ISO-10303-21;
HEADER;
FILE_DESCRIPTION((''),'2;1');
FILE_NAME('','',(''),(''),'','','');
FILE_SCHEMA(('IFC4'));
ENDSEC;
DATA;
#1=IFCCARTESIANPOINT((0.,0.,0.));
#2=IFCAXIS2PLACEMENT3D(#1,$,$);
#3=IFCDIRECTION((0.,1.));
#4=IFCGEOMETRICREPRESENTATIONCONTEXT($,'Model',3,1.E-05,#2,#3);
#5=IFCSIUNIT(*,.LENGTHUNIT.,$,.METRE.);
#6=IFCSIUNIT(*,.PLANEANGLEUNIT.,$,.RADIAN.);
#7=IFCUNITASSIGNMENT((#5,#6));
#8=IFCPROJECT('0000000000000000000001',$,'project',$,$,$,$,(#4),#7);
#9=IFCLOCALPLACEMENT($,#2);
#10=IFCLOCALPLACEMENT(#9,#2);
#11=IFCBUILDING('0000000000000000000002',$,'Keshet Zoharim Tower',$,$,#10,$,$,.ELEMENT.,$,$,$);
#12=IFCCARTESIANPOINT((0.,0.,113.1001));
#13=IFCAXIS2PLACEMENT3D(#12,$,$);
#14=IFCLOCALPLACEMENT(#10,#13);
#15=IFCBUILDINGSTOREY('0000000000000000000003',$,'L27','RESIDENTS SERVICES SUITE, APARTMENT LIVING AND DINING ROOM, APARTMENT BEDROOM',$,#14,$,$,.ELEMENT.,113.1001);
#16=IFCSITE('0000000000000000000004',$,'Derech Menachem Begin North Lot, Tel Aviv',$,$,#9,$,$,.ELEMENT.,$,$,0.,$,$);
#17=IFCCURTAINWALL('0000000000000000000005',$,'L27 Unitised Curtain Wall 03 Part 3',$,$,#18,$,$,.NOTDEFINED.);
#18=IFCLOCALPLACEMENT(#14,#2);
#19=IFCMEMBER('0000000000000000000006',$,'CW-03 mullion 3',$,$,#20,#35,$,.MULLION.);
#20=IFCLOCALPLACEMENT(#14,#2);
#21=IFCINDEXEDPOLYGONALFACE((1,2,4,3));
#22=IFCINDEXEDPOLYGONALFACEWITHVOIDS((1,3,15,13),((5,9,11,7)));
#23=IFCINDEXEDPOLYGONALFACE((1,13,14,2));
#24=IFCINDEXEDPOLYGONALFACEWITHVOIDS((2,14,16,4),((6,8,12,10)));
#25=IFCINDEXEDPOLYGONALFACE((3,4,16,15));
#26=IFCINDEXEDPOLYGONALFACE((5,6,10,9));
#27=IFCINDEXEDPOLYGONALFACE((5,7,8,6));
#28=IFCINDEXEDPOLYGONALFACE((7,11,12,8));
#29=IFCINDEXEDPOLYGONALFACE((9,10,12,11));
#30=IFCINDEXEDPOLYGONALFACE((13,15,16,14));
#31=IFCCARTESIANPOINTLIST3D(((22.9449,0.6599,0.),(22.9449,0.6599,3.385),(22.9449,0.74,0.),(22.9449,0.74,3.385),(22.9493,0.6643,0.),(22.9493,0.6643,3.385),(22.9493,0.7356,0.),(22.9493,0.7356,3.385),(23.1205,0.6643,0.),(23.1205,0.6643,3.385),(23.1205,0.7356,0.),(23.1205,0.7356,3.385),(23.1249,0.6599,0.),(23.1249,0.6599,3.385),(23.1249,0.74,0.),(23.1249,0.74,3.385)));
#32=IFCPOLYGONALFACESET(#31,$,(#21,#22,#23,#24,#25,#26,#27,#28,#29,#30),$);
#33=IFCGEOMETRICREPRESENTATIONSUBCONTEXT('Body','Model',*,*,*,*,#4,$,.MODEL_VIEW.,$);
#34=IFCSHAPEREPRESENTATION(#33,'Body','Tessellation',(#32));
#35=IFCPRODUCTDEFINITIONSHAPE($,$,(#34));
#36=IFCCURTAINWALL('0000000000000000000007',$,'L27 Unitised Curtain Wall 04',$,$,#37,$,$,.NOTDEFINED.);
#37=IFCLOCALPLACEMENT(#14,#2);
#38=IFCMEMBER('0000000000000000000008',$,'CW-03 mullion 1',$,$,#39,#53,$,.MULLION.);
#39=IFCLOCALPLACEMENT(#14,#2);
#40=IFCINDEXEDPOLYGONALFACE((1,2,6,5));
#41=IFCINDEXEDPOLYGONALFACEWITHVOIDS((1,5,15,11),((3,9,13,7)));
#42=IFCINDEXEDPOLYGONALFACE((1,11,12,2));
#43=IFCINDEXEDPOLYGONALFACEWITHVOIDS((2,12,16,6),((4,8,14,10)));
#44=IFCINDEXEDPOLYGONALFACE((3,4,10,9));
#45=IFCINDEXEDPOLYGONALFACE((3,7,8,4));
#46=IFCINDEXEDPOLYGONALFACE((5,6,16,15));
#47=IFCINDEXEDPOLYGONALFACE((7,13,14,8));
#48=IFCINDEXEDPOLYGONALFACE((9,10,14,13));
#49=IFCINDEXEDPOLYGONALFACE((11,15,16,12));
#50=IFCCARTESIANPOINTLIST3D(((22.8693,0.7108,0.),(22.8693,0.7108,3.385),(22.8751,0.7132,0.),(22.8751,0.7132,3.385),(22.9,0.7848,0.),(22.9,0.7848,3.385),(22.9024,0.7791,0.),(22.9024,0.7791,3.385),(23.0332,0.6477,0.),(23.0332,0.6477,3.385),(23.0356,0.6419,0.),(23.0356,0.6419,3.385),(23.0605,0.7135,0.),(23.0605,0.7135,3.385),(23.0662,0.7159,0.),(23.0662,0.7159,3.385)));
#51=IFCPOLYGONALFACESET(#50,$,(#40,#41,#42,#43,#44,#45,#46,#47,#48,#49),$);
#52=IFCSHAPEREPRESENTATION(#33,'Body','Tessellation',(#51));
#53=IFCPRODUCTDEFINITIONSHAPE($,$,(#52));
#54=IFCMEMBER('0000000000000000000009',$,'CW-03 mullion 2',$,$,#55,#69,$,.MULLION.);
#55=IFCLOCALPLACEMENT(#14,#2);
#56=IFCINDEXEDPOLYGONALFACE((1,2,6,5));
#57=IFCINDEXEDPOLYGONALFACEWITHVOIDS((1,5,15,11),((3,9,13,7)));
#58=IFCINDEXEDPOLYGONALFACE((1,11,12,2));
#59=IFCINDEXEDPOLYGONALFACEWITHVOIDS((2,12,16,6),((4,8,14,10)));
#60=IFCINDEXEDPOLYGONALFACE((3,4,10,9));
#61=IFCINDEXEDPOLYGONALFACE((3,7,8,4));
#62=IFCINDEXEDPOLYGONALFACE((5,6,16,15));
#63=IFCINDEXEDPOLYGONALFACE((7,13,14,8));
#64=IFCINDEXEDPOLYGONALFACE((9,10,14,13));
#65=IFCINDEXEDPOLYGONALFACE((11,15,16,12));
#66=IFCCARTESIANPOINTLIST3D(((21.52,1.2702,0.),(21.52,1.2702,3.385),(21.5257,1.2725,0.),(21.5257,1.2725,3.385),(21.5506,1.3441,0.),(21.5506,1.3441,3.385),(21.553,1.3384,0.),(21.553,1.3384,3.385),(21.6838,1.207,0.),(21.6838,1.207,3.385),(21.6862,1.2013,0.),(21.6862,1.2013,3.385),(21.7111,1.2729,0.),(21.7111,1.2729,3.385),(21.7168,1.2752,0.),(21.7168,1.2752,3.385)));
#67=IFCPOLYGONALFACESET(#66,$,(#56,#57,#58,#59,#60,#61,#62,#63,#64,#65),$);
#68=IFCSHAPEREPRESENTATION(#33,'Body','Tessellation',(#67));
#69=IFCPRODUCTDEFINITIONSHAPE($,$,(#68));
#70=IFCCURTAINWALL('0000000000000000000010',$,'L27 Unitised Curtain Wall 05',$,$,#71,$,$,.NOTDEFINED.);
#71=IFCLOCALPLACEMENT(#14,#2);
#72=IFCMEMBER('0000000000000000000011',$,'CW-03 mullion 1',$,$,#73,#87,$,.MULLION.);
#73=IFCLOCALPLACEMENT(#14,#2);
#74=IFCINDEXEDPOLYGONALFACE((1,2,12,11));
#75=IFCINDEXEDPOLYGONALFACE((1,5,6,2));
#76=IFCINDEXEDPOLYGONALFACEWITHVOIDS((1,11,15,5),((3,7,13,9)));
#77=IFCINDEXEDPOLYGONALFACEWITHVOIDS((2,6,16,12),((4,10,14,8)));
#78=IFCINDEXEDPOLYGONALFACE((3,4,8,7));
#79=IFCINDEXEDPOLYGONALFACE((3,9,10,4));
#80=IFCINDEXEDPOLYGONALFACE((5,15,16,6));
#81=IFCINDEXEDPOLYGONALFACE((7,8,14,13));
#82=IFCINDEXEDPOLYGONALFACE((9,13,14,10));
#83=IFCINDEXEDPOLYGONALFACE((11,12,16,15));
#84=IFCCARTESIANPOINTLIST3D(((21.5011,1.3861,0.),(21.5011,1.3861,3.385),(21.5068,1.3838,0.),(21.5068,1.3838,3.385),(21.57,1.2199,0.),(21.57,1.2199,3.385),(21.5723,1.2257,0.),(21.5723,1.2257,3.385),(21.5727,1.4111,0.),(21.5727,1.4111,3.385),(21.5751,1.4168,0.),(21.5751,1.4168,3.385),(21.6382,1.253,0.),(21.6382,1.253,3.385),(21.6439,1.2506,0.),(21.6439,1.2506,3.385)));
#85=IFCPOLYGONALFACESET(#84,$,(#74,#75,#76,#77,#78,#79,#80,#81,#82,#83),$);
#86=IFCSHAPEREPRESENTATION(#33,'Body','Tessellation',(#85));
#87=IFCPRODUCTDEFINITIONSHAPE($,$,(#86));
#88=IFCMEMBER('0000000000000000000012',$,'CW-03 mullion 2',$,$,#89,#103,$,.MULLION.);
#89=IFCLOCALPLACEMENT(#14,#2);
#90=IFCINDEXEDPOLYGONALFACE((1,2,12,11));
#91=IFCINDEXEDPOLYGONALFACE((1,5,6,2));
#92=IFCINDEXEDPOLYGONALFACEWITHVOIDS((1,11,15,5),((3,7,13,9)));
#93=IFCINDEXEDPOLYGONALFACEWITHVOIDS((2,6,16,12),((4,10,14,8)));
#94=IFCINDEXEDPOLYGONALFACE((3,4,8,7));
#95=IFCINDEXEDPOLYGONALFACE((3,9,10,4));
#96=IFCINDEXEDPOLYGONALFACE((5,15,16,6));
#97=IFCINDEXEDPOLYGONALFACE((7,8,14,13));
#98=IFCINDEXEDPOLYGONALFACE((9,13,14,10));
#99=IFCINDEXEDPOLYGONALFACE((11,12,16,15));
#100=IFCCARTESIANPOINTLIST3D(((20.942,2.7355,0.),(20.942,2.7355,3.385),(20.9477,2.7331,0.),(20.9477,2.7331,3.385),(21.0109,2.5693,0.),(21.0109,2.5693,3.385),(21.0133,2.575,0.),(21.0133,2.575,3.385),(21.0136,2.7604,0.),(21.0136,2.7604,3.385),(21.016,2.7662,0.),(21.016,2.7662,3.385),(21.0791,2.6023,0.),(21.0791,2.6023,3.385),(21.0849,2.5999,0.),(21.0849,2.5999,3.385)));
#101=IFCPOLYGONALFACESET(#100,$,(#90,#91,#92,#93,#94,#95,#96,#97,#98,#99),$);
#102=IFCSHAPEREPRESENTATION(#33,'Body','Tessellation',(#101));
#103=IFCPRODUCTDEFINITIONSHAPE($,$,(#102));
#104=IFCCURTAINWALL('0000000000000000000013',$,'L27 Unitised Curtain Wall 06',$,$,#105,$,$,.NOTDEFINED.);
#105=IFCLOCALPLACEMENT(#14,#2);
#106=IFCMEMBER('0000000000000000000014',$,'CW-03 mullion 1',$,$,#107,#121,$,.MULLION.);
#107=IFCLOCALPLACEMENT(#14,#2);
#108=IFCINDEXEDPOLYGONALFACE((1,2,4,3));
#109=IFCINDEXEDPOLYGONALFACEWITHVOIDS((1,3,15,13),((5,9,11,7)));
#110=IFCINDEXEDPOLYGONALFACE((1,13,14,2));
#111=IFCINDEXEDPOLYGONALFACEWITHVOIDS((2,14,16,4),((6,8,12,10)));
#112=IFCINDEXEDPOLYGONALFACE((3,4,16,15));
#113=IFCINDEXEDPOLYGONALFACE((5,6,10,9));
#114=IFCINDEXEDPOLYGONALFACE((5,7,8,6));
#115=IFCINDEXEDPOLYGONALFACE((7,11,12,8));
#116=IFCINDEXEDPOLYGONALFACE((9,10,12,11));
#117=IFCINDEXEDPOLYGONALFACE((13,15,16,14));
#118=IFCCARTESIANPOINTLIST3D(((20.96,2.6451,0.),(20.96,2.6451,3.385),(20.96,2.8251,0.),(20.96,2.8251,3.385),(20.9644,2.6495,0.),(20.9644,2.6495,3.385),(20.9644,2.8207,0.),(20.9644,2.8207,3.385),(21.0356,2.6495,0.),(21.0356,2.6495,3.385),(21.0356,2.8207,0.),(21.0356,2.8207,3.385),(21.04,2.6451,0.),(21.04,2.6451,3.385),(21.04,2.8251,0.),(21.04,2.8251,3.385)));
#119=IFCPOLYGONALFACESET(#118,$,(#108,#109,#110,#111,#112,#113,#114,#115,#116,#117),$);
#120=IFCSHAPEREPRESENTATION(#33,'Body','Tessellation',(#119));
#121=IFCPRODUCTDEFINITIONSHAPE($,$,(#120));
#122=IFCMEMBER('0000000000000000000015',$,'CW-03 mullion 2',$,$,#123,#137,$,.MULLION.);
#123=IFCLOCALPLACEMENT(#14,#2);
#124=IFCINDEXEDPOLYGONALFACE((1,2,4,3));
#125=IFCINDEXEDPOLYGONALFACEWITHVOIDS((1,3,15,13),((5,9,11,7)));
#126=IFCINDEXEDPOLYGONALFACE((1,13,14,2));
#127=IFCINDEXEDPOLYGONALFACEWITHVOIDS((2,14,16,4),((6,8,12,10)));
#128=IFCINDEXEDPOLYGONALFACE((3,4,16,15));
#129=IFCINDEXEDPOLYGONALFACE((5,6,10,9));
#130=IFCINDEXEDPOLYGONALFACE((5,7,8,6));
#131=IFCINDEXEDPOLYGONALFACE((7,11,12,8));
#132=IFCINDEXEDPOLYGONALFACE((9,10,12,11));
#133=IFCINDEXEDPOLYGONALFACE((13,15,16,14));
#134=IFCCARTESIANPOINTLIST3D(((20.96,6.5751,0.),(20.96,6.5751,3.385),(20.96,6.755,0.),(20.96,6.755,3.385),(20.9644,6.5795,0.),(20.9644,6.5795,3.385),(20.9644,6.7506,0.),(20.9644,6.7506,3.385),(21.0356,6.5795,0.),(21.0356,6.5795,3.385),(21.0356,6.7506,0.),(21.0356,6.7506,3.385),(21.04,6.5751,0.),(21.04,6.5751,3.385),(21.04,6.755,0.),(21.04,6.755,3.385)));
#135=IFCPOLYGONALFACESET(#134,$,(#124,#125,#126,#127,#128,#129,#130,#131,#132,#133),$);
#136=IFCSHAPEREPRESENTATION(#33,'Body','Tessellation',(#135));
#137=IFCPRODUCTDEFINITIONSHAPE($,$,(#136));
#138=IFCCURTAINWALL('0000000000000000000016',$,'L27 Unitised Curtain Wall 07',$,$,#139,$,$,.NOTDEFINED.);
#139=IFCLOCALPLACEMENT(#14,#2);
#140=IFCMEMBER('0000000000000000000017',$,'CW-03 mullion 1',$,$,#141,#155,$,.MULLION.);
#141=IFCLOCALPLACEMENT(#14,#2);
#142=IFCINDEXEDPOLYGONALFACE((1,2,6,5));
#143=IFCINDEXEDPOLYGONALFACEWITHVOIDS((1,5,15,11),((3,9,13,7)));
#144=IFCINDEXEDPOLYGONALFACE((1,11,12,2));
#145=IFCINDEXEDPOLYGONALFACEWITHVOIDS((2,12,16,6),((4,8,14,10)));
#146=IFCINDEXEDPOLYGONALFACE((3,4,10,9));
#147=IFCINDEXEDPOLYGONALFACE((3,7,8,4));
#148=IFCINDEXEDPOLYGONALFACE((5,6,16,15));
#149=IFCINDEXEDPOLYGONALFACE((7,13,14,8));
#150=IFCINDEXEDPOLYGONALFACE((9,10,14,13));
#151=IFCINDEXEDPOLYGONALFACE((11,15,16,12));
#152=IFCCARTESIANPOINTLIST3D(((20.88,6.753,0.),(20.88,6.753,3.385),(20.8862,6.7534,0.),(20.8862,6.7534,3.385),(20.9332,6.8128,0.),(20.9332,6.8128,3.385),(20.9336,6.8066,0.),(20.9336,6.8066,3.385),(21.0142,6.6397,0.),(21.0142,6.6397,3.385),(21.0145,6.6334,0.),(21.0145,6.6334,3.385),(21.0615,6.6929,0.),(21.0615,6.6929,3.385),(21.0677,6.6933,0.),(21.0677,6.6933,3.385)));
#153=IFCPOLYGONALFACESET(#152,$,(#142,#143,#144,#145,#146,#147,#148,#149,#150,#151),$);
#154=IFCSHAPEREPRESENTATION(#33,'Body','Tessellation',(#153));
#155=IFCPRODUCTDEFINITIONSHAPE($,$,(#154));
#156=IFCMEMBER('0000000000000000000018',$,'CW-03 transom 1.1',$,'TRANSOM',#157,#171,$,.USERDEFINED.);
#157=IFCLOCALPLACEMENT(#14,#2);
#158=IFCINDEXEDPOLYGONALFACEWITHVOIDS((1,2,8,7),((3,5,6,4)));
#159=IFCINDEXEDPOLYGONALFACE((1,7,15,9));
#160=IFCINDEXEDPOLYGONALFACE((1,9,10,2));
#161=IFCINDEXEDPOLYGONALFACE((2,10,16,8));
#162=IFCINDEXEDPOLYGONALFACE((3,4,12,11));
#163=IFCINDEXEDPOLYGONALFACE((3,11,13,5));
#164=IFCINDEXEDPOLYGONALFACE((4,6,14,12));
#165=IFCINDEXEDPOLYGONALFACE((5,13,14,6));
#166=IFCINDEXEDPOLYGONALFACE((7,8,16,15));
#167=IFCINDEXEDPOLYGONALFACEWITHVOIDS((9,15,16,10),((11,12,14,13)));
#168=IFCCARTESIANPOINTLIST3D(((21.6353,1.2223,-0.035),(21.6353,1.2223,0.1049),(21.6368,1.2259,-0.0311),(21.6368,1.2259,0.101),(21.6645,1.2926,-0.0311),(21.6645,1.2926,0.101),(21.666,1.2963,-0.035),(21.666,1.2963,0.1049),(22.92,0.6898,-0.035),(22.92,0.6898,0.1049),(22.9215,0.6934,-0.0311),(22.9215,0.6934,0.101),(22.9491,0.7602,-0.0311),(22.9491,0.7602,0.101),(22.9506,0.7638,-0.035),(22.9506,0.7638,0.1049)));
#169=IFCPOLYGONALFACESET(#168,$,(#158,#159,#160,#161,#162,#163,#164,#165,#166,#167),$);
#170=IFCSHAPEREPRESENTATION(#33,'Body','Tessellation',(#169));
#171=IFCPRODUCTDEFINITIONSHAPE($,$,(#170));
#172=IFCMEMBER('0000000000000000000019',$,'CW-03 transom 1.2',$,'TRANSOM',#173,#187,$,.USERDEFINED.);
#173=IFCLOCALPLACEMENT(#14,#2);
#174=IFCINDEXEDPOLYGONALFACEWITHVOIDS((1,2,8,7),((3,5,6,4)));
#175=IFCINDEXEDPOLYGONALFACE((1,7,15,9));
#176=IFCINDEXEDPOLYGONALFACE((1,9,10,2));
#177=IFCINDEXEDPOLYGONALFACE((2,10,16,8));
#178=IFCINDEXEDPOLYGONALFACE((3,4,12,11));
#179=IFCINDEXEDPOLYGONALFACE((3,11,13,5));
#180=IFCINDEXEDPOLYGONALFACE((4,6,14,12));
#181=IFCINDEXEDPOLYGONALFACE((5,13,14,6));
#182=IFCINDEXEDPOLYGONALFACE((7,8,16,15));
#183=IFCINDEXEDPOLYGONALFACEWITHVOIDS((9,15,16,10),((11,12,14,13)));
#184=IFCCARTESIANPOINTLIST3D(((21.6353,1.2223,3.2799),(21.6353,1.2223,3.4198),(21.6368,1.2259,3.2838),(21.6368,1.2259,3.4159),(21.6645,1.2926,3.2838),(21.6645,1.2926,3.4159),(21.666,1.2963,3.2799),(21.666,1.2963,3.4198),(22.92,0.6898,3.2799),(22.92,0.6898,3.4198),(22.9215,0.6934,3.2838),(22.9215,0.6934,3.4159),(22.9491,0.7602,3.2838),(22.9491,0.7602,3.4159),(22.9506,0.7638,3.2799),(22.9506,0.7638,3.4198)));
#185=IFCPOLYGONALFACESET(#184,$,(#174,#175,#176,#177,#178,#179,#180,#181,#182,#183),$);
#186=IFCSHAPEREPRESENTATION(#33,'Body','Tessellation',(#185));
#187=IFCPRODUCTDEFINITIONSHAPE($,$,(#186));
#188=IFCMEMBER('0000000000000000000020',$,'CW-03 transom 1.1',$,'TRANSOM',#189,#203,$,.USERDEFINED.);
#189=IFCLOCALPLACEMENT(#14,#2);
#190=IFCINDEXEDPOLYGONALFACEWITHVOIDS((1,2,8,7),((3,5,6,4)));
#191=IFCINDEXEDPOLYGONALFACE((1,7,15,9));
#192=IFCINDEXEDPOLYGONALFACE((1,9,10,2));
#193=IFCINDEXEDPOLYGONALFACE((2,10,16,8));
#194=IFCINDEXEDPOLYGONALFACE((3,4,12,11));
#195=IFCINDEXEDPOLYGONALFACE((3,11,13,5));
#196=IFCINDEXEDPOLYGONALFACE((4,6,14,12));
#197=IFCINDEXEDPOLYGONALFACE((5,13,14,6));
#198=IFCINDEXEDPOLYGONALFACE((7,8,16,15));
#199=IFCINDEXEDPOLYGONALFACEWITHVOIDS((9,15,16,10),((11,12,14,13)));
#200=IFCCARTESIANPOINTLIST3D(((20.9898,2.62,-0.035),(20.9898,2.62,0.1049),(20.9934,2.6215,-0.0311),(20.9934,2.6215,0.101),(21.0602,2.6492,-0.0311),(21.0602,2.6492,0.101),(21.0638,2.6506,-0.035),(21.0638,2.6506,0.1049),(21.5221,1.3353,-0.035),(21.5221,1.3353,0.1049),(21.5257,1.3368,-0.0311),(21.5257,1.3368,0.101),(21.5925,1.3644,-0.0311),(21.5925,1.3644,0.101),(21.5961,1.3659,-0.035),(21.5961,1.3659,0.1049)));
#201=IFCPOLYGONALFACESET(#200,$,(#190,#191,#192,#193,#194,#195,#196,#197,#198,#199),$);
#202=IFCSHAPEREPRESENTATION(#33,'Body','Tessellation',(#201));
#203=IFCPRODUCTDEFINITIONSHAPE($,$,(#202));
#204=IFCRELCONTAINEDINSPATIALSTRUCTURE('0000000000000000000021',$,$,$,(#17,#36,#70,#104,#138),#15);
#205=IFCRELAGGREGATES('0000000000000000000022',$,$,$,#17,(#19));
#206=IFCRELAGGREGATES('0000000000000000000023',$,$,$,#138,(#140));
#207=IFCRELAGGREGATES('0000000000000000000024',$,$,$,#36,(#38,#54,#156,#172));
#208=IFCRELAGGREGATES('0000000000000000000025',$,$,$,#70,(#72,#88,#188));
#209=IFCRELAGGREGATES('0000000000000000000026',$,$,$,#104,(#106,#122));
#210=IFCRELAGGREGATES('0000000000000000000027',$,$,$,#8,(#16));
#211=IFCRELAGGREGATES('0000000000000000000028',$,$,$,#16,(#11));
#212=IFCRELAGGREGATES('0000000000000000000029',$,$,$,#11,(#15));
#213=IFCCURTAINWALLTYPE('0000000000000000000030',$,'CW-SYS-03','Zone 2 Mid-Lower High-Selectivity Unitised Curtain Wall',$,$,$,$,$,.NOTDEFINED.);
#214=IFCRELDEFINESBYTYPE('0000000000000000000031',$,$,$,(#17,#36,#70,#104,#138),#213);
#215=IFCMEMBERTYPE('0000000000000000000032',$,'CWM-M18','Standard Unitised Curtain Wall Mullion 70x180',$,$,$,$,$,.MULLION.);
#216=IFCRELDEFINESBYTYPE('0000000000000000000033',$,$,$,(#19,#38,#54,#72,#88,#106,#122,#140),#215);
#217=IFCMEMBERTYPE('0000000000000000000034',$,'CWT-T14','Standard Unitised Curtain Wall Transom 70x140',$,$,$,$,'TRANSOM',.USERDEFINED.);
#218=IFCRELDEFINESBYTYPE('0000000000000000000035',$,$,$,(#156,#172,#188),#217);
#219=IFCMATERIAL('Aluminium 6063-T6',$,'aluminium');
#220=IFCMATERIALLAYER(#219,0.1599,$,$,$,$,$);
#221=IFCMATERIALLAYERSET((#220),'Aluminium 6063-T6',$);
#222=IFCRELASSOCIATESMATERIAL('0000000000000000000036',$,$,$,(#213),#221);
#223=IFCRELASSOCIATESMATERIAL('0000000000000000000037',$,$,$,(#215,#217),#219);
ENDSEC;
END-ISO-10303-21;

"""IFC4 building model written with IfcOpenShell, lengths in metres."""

from ifc_helpers import new_model, si_unit, direction, frame, origin, origin_2d, place, context, subcontext, project, spatial, hollow_rectangle, extrude, material, layer, layer_set, material_profile, profile_set, type_object, element, aggregate, save


model = new_model("IFC4")

# Units and contexts
model_context = context("Model", 3, precision=1e-05, world=origin(), true_north=direction((0.0, 1.0)))
body_context = subcontext(model_context, "Body", "Model", "MODEL_VIEW")
ifc_project = project(units=[si_unit("LENGTHUNIT", "METRE"), si_unit("PLANEANGLEUNIT", "RADIAN")], contexts=[model_context])

# Site, building, storey
site_placement = place(None, origin())
site = spatial("IfcSite", under=ifc_project, at=site_placement, Name="Derech Menachem Begin North Lot, Tel Aviv", CompositionType="ELEMENT", RefElevation=0.0)
building_placement = place(site_placement, origin())
building = spatial("IfcBuilding", under=site, at=building_placement, Name="Keshet Zoharim Tower", CompositionType="ELEMENT")
storey_placement = place(building_placement, frame((0.0, 0.0, 113.1001)))
storey = spatial("IfcBuildingStorey", under=building, at=storey_placement, Name="L27", Description="RESIDENTS SERVICES SUITE, APARTMENT LIVING AND DINING ROOM, APARTMENT BEDROOM", CompositionType="ELEMENT", Elevation=113.1001)

# Curtain wall, member
ifc_material_1 = material(Name="Aluminium 6063-T6", Category="aluminium")
ifc_layer_1 = layer(ifc_material_1, 0.1599)
ifc_layer_set_1 = layer_set([ifc_layer_1], Name="Aluminium 6063-T6")
curtain_wall_type = type_object("IfcCurtainWallType", Name="CW-SYS-03", Description="Zone 2 Mid-Lower High-Selectivity Unitised Curtain Wall", PredefinedType="NOTDEFINED", material=ifc_layer_set_1)
curtain_wall_1_placement = place(storey_placement, origin())
curtain_wall_1 = element("IfcCurtainWall", 1, at=curtain_wall_1_placement, inside=storey, type_object=curtain_wall_type, Name="L27 Unitised Curtain Wall 03 Part 3", PredefinedType="NOTDEFINED")
ifc_material_profile_1 = material_profile(ifc_material_1, hollow_rectangle(XDim=0.0801, YDim=0.1799, WallThickness=0.0044, at=origin_2d()), Name="MUL-80x180")
ifc_profile_set_1 = profile_set([ifc_material_profile_1], Name="Aluminium 6063-T6")
member_type_1 = type_object("IfcMemberType", Name="CWM-M18", Description="Standard Unitised Curtain Wall Mullion 70x180", PredefinedType="MULLION", material=ifc_profile_set_1)
member_1_placement = place(storey_placement, frame((23.0349, 0.7, 0.0), z_axis=(0.0, 0.0, 1.0), x_axis=(0.0, -1.0, 0.0)))
member_1 = element("IfcMember", 2, at=member_1_placement, type_object=member_type_1, Name="CW-03 mullion 3", PredefinedType="MULLION", context=body_context, shape_type="SweptSolid", body=[
    extrude(hollow_rectangle(XDim=0.0801, YDim=0.1799, WallThickness=0.0044, at=origin_2d()), origin(), (0.0, 0.0, 1.0), 3.385),
])
aggregate(curtain_wall_1, [member_1])

# Curtain walls, members
curtain_wall_2_placement = place(storey_placement, origin())
curtain_wall_2 = element("IfcCurtainWall", 3, at=curtain_wall_2_placement, inside=storey, type_object=curtain_wall_type, Name="L27 Unitised Curtain Wall 04", PredefinedType="NOTDEFINED")
member_2_placement = place(storey_placement, frame((22.9678, 0.7134, 0.0), z_axis=(0.0, 0.0, 1.0), x_axis=(-0.382852, -0.92381, 0.0)))
member_2 = element("IfcMember", 4, at=member_2_placement, type_object=member_type_1, Name="CW-03 mullion 1", PredefinedType="MULLION", context=body_context, shape_type="SweptSolid", body=[
    extrude(hollow_rectangle(XDim=0.0801, YDim=0.1799, WallThickness=0.0044, at=origin_2d()), origin(), (0.0, 0.0, 1.0), 3.385),
])
member_3_placement = place(storey_placement, frame((21.6184, 1.2727, 0.0), z_axis=(0.0, 0.0, 1.0), x_axis=(-0.382852, -0.92381, 0.0)))
member_3 = element("IfcMember", 5, at=member_3_placement, type_object=member_type_1, Name="CW-03 mullion 2", PredefinedType="MULLION", context=body_context, shape_type="SweptSolid", body=[
    extrude(hollow_rectangle(XDim=0.0801, YDim=0.1799, WallThickness=0.0044, at=origin_2d()), origin(), (0.0, 0.0, 1.0), 3.385),
])
curtain_wall_3_placement = place(storey_placement, origin())
curtain_wall_3 = element("IfcCurtainWall", 6, at=curtain_wall_3_placement, inside=storey, type_object=curtain_wall_type, Name="L27 Unitised Curtain Wall 05", PredefinedType="NOTDEFINED")
member_4_placement = place(storey_placement, frame((21.5725, 1.3184, 0.0), z_axis=(0.0, 0.0, 1.0), x_axis=(-0.92381, -0.382852, 0.0)))
member_4 = element("IfcMember", 7, at=member_4_placement, type_object=member_type_1, Name="CW-03 mullion 1", PredefinedType="MULLION", context=body_context, shape_type="SweptSolid", body=[
    extrude(hollow_rectangle(XDim=0.0801, YDim=0.1799, WallThickness=0.0044, at=origin_2d()), origin(), (0.0, 0.0, 1.0), 3.385),
])
member_5_placement = place(storey_placement, frame((21.0134, 2.6677, 0.0), z_axis=(0.0, 0.0, 1.0), x_axis=(-0.92381, -0.382852, 0.0)))
member_5 = element("IfcMember", 8, at=member_5_placement, type_object=member_type_1, Name="CW-03 mullion 2", PredefinedType="MULLION", context=body_context, shape_type="SweptSolid", body=[
    extrude(hollow_rectangle(XDim=0.0801, YDim=0.1799, WallThickness=0.0044, at=origin_2d()), origin(), (0.0, 0.0, 1.0), 3.385),
])
curtain_wall_4_placement = place(storey_placement, origin())
curtain_wall_4 = element("IfcCurtainWall", 9, at=curtain_wall_4_placement, inside=storey, type_object=curtain_wall_type, Name="L27 Unitised Curtain Wall 06", PredefinedType="NOTDEFINED")
member_6_placement = place(storey_placement, frame((21.0, 2.7351, 0.0), z_axis=(0.0, 0.0, 1.0), x_axis=(-1.0, 0.0, 0.0)))
member_6 = element("IfcMember", 10, at=member_6_placement, type_object=member_type_1, Name="CW-03 mullion 1", PredefinedType="MULLION", context=body_context, shape_type="SweptSolid", body=[
    extrude(hollow_rectangle(XDim=0.0801, YDim=0.1799, WallThickness=0.0044, at=origin_2d()), origin(), (0.0, 0.0, 1.0), 3.385),
])
member_7_placement = place(storey_placement, frame((21.0, 6.665, 0.0), z_axis=(0.0, 0.0, 1.0), x_axis=(-1.0, 0.0, 0.0)))
member_7 = element("IfcMember", 11, at=member_7_placement, type_object=member_type_1, Name="CW-03 mullion 2", PredefinedType="MULLION", context=body_context, shape_type="SweptSolid", body=[
    extrude(hollow_rectangle(XDim=0.0801, YDim=0.1799, WallThickness=0.0044, at=origin_2d()), origin(), (0.0, 0.0, 1.0), 3.385),
])

# Curtain wall, member
curtain_wall_5_placement = place(storey_placement, origin())
curtain_wall_5 = element("IfcCurtainWall", 12, at=curtain_wall_5_placement, inside=storey, type_object=curtain_wall_type, Name="L27 Unitised Curtain Wall 07", PredefinedType="NOTDEFINED")
member_8_placement = place(storey_placement, frame((20.9739, 6.7231, 0.0), z_axis=(0.0, 0.0, 1.0), x_axis=(-0.664389, -0.747387, 0.0)))
member_8 = element("IfcMember", 13, at=member_8_placement, type_object=member_type_1, Name="CW-03 mullion 1", PredefinedType="MULLION", context=body_context, shape_type="SweptSolid", body=[
    extrude(hollow_rectangle(XDim=0.0801, YDim=0.1799, WallThickness=0.0044, at=origin_2d()), origin(), (0.0, 0.0, 1.0), 3.385),
])

# Members
ifc_material_profile_2 = material_profile(ifc_material_1, hollow_rectangle(XDim=0.0801, YDim=0.1399, WallThickness=0.0039, at=origin_2d()), Name="TRN-80x140")
ifc_profile_set_2 = profile_set([ifc_material_profile_2], Name="Aluminium 6063-T6")
member_type_2 = type_object("IfcMemberType", Name="CWT-T14", Description="Standard Unitised Curtain Wall Transom 70x140", ElementType="TRANSOM", PredefinedType="USERDEFINED", material=ifc_profile_set_2)
member_9_placement = place(storey_placement, frame((22.9353, 0.7268, 0.0349), z_axis=(-0.923792, 0.382894, 0.0), x_axis=(-0.382894, -0.923792, 0.0)))
member_9 = element("IfcMember", 14, at=member_9_placement, type_object=member_type_2, Name="CW-03 transom 1.1", ObjectType="TRANSOM", PredefinedType="USERDEFINED", context=body_context, shape_type="SweptSolid", body=[
    extrude(hollow_rectangle(XDim=0.0801, YDim=0.1399, WallThickness=0.0039, at=origin_2d()), origin(), (0.0, 0.0, 1.0), 1.3906),
])
member_10_placement = place(storey_placement, frame((22.9353, 0.7268, 3.3499), z_axis=(-0.923792, 0.382894, 0.0), x_axis=(-0.382894, -0.923792, 0.0)))
member_10 = element("IfcMember", 15, at=member_10_placement, type_object=member_type_2, Name="CW-03 transom 1.2", ObjectType="TRANSOM", PredefinedType="USERDEFINED", context=body_context, shape_type="SweptSolid", body=[
    extrude(hollow_rectangle(XDim=0.0801, YDim=0.1399, WallThickness=0.0039, at=origin_2d()), origin(), (0.0, 0.0, 1.0), 1.3906),
])
member_11_placement = place(storey_placement, frame((21.5591, 1.3506, 0.0349), z_axis=(-0.382745, 0.923854, 0.0), x_axis=(-0.923854, -0.382745, 0.0)))
member_11 = element("IfcMember", 16, at=member_11_placement, type_object=member_type_2, Name="CW-03 transom 1.1", ObjectType="TRANSOM", PredefinedType="USERDEFINED", context=body_context, shape_type="SweptSolid", body=[
    extrude(hollow_rectangle(XDim=0.0801, YDim=0.1399, WallThickness=0.0039, at=origin_2d()), origin(), (0.0, 0.0, 1.0), 1.3906),
])
aggregate(curtain_wall_5, [member_8])

aggregate(curtain_wall_2, [member_2, member_3, member_9, member_10])
aggregate(curtain_wall_3, [member_4, member_5, member_11])
aggregate(curtain_wall_4, [member_6, member_7])

save(model, "model.ifc")
